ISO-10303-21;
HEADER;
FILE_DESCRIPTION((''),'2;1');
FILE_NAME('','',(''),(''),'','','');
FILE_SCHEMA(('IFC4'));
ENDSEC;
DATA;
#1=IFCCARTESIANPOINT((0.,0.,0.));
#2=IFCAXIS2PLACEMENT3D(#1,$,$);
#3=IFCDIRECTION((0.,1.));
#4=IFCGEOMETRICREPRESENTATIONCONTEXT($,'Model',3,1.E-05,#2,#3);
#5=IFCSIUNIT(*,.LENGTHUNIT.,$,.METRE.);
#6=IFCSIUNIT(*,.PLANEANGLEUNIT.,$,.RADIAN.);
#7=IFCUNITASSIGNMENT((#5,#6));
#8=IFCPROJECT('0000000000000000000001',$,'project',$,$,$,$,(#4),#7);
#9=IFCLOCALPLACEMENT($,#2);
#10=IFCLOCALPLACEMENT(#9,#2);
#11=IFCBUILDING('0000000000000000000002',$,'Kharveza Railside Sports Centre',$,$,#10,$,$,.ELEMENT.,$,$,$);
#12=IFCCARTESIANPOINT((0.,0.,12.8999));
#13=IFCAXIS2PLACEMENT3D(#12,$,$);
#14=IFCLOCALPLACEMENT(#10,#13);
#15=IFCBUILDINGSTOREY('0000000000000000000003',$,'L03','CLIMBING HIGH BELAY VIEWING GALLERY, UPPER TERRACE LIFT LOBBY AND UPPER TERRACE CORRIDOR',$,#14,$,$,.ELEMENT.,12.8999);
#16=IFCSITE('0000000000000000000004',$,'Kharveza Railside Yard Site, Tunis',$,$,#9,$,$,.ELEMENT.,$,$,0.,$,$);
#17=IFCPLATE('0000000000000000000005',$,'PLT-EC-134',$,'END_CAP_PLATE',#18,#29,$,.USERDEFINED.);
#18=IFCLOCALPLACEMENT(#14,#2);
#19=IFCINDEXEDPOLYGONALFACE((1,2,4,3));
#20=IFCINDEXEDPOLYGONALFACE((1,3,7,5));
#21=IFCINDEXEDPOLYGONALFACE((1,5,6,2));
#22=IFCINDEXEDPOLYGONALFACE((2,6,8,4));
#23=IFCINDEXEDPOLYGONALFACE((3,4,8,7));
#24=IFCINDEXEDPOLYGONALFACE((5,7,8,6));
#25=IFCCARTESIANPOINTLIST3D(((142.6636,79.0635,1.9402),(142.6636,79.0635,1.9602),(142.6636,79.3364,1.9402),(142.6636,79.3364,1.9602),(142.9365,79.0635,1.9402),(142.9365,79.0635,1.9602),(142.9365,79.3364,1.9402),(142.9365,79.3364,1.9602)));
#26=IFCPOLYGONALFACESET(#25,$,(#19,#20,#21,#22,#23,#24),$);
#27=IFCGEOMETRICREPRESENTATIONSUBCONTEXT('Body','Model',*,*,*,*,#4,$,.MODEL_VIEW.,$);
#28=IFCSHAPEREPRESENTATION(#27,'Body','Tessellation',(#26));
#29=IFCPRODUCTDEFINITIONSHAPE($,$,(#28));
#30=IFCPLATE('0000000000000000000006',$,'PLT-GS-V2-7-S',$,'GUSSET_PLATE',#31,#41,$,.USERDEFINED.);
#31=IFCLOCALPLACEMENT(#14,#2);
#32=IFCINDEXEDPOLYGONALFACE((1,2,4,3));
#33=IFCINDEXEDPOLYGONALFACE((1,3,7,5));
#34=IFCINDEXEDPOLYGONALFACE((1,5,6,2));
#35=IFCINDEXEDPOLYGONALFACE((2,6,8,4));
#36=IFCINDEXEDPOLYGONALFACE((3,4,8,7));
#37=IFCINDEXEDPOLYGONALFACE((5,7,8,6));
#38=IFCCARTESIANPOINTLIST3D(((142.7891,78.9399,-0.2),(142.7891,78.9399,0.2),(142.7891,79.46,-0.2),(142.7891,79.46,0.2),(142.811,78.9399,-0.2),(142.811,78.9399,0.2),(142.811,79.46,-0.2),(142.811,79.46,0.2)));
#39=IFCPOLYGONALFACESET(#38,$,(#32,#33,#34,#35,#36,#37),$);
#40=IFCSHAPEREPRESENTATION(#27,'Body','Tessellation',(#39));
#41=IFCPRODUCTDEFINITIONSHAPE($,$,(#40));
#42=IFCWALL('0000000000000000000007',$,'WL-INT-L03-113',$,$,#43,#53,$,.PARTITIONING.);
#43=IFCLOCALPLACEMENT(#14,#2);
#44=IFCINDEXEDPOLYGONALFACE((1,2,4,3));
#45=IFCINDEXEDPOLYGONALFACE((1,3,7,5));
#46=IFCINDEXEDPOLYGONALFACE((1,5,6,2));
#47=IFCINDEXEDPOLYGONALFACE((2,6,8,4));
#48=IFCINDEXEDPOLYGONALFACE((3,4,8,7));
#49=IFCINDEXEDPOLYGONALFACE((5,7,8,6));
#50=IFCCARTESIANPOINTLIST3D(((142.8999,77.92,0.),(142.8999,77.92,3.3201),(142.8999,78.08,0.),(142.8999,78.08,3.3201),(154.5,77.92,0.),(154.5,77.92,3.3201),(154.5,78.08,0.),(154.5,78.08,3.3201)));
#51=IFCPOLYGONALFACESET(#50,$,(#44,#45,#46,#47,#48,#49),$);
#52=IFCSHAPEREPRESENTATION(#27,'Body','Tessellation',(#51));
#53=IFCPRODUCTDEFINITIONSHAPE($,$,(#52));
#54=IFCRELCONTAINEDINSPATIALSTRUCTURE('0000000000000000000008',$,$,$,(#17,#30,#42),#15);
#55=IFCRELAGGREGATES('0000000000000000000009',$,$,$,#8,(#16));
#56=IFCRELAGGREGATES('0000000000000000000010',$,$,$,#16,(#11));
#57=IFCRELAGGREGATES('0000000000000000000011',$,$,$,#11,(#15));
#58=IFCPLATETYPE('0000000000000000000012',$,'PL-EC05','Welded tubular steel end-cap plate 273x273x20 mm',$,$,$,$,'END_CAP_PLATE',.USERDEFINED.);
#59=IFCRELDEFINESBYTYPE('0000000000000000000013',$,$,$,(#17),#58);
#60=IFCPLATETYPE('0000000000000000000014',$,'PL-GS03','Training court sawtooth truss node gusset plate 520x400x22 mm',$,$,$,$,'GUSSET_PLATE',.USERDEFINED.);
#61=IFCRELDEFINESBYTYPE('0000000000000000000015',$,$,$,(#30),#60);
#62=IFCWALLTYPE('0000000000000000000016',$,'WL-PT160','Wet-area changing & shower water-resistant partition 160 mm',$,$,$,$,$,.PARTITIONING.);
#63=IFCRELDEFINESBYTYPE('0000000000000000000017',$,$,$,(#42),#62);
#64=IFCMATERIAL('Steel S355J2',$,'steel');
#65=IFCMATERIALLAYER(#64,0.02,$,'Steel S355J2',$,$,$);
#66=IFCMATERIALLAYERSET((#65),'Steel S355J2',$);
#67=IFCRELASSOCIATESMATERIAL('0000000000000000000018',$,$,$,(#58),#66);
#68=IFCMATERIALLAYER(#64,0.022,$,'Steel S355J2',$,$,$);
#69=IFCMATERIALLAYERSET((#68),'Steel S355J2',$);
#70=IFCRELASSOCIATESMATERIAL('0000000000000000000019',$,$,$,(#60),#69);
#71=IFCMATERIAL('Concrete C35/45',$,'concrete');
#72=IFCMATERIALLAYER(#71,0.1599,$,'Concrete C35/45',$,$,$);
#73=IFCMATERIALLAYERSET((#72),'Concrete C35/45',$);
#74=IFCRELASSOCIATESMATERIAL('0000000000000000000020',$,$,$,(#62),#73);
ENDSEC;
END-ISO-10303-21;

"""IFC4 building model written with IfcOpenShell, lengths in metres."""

from ifc_helpers import new_model, si_unit, direction, frame, frame_2d, origin, origin_2d, place, context, subcontext, project, spatial, rectangle, extrude, material, layer, layer_set, type_object, element, save


model = new_model("IFC4")

# Units and contexts
model_context = context("Model", 3, precision=1e-05, world=origin(), true_north=direction((0.0, 1.0)))
body_context = subcontext(model_context, "Body", "Model", "MODEL_VIEW")
ifc_project = project(units=[si_unit("LENGTHUNIT", "METRE"), si_unit("PLANEANGLEUNIT", "RADIAN")], contexts=[model_context])

# Site, building, storey
site_placement = place(None, origin())
site = spatial("IfcSite", under=ifc_project, at=site_placement, Name="Kharveza Railside Yard Site, Tunis", CompositionType="ELEMENT", RefElevation=0.0)
building_placement = place(site_placement, origin())
building = spatial("IfcBuilding", under=site, at=building_placement, Name="Kharveza Railside Sports Centre", CompositionType="ELEMENT")
storey_placement = place(building_placement, frame((0.0, 0.0, 12.8999)))
storey = spatial("IfcBuildingStorey", under=building, at=storey_placement, Name="L03", Description="CLIMBING HIGH BELAY VIEWING GALLERY, UPPER TERRACE LIFT LOBBY AND UPPER TERRACE CORRIDOR", CompositionType="ELEMENT", Elevation=12.8999)

# Shared definitions
ifc_material_1 = material(Name="Steel S355J2", Category="steel")

# Plates
ifc_layer_1 = layer(ifc_material_1, 0.02, Name="Steel S355J2")
ifc_layer_set_1 = layer_set([ifc_layer_1], Name="Steel S355J2")
plate_type_1 = type_object("IfcPlateType", Name="PL-EC05", Description="Welded tubular steel end-cap plate 273x273x20 mm", ElementType="END_CAP_PLATE", PredefinedType="USERDEFINED", material=ifc_layer_set_1)
plate_1_placement = place(storey_placement, frame((142.8, 79.2, 1.9402), z_axis=(0.0, 0.0, 1.0), x_axis=(1.0, 0.0, 0.0)))
element("IfcPlate", 1, at=plate_1_placement, inside=storey, type_object=plate_type_1, Name="PLT-EC-134", ObjectType="END_CAP_PLATE", PredefinedType="USERDEFINED", context=body_context, shape_type="SweptSolid", body=[
    extrude(rectangle(XDim=0.2729, YDim=0.2729, at=origin_2d()), origin(), (0.0, 0.0, 1.0), 0.02),
])
ifc_layer_2 = layer(ifc_material_1, 0.022, Name="Steel S355J2")
ifc_layer_set_2 = layer_set([ifc_layer_2], Name="Steel S355J2")
plate_type_2 = type_object("IfcPlateType", Name="PL-GS03", Description="Training court sawtooth truss node gusset plate 520x400x22 mm", ElementType="GUSSET_PLATE", PredefinedType="USERDEFINED", material=ifc_layer_set_2)
plate_2_placement = place(storey_placement, frame((142.8, 79.2, -0.2), z_axis=(0.0, 0.0, 1.0), x_axis=(1.0, 0.0, 0.0)))
element("IfcPlate", 2, at=plate_2_placement, inside=storey, type_object=plate_type_2, Name="PLT-GS-V2-7-S", ObjectType="GUSSET_PLATE", PredefinedType="USERDEFINED", context=body_context, shape_type="SweptSolid", body=[
    extrude(rectangle(XDim=0.022, YDim=0.52, at=origin_2d()), origin(), (0.0, 0.0, 1.0), 0.3999),
])

# Wall
ifc_material_2 = material(Name="Concrete C35/45", Category="concrete")
ifc_layer_3 = layer(ifc_material_2, 0.1599, Name="Concrete C35/45")
ifc_layer_set_3 = layer_set([ifc_layer_3], Name="Concrete C35/45")
wall_type = type_object("IfcWallType", Name="WL-PT160", Description="Wet-area changing & shower water-resistant partition 160 mm", PredefinedType="PARTITIONING", material=ifc_layer_set_3)
wall_placement = place(storey_placement, frame((142.8999, 78.0, 0.0), z_axis=(0.0, 0.0, 1.0), x_axis=(1.0, 0.0, 0.0)))
element("IfcWall", 3, at=wall_placement, inside=storey, type_object=wall_type, Name="WL-INT-L03-113", PredefinedType="PARTITIONING", context=body_context, shape_type="SweptSolid", body=[
    extrude(rectangle(XDim=11.6001, YDim=0.1599, at=frame_2d((5.8, 0.0))), origin(), (0.0, 0.0, 1.0), 3.3201),
])

save(model, "model.ifc")
